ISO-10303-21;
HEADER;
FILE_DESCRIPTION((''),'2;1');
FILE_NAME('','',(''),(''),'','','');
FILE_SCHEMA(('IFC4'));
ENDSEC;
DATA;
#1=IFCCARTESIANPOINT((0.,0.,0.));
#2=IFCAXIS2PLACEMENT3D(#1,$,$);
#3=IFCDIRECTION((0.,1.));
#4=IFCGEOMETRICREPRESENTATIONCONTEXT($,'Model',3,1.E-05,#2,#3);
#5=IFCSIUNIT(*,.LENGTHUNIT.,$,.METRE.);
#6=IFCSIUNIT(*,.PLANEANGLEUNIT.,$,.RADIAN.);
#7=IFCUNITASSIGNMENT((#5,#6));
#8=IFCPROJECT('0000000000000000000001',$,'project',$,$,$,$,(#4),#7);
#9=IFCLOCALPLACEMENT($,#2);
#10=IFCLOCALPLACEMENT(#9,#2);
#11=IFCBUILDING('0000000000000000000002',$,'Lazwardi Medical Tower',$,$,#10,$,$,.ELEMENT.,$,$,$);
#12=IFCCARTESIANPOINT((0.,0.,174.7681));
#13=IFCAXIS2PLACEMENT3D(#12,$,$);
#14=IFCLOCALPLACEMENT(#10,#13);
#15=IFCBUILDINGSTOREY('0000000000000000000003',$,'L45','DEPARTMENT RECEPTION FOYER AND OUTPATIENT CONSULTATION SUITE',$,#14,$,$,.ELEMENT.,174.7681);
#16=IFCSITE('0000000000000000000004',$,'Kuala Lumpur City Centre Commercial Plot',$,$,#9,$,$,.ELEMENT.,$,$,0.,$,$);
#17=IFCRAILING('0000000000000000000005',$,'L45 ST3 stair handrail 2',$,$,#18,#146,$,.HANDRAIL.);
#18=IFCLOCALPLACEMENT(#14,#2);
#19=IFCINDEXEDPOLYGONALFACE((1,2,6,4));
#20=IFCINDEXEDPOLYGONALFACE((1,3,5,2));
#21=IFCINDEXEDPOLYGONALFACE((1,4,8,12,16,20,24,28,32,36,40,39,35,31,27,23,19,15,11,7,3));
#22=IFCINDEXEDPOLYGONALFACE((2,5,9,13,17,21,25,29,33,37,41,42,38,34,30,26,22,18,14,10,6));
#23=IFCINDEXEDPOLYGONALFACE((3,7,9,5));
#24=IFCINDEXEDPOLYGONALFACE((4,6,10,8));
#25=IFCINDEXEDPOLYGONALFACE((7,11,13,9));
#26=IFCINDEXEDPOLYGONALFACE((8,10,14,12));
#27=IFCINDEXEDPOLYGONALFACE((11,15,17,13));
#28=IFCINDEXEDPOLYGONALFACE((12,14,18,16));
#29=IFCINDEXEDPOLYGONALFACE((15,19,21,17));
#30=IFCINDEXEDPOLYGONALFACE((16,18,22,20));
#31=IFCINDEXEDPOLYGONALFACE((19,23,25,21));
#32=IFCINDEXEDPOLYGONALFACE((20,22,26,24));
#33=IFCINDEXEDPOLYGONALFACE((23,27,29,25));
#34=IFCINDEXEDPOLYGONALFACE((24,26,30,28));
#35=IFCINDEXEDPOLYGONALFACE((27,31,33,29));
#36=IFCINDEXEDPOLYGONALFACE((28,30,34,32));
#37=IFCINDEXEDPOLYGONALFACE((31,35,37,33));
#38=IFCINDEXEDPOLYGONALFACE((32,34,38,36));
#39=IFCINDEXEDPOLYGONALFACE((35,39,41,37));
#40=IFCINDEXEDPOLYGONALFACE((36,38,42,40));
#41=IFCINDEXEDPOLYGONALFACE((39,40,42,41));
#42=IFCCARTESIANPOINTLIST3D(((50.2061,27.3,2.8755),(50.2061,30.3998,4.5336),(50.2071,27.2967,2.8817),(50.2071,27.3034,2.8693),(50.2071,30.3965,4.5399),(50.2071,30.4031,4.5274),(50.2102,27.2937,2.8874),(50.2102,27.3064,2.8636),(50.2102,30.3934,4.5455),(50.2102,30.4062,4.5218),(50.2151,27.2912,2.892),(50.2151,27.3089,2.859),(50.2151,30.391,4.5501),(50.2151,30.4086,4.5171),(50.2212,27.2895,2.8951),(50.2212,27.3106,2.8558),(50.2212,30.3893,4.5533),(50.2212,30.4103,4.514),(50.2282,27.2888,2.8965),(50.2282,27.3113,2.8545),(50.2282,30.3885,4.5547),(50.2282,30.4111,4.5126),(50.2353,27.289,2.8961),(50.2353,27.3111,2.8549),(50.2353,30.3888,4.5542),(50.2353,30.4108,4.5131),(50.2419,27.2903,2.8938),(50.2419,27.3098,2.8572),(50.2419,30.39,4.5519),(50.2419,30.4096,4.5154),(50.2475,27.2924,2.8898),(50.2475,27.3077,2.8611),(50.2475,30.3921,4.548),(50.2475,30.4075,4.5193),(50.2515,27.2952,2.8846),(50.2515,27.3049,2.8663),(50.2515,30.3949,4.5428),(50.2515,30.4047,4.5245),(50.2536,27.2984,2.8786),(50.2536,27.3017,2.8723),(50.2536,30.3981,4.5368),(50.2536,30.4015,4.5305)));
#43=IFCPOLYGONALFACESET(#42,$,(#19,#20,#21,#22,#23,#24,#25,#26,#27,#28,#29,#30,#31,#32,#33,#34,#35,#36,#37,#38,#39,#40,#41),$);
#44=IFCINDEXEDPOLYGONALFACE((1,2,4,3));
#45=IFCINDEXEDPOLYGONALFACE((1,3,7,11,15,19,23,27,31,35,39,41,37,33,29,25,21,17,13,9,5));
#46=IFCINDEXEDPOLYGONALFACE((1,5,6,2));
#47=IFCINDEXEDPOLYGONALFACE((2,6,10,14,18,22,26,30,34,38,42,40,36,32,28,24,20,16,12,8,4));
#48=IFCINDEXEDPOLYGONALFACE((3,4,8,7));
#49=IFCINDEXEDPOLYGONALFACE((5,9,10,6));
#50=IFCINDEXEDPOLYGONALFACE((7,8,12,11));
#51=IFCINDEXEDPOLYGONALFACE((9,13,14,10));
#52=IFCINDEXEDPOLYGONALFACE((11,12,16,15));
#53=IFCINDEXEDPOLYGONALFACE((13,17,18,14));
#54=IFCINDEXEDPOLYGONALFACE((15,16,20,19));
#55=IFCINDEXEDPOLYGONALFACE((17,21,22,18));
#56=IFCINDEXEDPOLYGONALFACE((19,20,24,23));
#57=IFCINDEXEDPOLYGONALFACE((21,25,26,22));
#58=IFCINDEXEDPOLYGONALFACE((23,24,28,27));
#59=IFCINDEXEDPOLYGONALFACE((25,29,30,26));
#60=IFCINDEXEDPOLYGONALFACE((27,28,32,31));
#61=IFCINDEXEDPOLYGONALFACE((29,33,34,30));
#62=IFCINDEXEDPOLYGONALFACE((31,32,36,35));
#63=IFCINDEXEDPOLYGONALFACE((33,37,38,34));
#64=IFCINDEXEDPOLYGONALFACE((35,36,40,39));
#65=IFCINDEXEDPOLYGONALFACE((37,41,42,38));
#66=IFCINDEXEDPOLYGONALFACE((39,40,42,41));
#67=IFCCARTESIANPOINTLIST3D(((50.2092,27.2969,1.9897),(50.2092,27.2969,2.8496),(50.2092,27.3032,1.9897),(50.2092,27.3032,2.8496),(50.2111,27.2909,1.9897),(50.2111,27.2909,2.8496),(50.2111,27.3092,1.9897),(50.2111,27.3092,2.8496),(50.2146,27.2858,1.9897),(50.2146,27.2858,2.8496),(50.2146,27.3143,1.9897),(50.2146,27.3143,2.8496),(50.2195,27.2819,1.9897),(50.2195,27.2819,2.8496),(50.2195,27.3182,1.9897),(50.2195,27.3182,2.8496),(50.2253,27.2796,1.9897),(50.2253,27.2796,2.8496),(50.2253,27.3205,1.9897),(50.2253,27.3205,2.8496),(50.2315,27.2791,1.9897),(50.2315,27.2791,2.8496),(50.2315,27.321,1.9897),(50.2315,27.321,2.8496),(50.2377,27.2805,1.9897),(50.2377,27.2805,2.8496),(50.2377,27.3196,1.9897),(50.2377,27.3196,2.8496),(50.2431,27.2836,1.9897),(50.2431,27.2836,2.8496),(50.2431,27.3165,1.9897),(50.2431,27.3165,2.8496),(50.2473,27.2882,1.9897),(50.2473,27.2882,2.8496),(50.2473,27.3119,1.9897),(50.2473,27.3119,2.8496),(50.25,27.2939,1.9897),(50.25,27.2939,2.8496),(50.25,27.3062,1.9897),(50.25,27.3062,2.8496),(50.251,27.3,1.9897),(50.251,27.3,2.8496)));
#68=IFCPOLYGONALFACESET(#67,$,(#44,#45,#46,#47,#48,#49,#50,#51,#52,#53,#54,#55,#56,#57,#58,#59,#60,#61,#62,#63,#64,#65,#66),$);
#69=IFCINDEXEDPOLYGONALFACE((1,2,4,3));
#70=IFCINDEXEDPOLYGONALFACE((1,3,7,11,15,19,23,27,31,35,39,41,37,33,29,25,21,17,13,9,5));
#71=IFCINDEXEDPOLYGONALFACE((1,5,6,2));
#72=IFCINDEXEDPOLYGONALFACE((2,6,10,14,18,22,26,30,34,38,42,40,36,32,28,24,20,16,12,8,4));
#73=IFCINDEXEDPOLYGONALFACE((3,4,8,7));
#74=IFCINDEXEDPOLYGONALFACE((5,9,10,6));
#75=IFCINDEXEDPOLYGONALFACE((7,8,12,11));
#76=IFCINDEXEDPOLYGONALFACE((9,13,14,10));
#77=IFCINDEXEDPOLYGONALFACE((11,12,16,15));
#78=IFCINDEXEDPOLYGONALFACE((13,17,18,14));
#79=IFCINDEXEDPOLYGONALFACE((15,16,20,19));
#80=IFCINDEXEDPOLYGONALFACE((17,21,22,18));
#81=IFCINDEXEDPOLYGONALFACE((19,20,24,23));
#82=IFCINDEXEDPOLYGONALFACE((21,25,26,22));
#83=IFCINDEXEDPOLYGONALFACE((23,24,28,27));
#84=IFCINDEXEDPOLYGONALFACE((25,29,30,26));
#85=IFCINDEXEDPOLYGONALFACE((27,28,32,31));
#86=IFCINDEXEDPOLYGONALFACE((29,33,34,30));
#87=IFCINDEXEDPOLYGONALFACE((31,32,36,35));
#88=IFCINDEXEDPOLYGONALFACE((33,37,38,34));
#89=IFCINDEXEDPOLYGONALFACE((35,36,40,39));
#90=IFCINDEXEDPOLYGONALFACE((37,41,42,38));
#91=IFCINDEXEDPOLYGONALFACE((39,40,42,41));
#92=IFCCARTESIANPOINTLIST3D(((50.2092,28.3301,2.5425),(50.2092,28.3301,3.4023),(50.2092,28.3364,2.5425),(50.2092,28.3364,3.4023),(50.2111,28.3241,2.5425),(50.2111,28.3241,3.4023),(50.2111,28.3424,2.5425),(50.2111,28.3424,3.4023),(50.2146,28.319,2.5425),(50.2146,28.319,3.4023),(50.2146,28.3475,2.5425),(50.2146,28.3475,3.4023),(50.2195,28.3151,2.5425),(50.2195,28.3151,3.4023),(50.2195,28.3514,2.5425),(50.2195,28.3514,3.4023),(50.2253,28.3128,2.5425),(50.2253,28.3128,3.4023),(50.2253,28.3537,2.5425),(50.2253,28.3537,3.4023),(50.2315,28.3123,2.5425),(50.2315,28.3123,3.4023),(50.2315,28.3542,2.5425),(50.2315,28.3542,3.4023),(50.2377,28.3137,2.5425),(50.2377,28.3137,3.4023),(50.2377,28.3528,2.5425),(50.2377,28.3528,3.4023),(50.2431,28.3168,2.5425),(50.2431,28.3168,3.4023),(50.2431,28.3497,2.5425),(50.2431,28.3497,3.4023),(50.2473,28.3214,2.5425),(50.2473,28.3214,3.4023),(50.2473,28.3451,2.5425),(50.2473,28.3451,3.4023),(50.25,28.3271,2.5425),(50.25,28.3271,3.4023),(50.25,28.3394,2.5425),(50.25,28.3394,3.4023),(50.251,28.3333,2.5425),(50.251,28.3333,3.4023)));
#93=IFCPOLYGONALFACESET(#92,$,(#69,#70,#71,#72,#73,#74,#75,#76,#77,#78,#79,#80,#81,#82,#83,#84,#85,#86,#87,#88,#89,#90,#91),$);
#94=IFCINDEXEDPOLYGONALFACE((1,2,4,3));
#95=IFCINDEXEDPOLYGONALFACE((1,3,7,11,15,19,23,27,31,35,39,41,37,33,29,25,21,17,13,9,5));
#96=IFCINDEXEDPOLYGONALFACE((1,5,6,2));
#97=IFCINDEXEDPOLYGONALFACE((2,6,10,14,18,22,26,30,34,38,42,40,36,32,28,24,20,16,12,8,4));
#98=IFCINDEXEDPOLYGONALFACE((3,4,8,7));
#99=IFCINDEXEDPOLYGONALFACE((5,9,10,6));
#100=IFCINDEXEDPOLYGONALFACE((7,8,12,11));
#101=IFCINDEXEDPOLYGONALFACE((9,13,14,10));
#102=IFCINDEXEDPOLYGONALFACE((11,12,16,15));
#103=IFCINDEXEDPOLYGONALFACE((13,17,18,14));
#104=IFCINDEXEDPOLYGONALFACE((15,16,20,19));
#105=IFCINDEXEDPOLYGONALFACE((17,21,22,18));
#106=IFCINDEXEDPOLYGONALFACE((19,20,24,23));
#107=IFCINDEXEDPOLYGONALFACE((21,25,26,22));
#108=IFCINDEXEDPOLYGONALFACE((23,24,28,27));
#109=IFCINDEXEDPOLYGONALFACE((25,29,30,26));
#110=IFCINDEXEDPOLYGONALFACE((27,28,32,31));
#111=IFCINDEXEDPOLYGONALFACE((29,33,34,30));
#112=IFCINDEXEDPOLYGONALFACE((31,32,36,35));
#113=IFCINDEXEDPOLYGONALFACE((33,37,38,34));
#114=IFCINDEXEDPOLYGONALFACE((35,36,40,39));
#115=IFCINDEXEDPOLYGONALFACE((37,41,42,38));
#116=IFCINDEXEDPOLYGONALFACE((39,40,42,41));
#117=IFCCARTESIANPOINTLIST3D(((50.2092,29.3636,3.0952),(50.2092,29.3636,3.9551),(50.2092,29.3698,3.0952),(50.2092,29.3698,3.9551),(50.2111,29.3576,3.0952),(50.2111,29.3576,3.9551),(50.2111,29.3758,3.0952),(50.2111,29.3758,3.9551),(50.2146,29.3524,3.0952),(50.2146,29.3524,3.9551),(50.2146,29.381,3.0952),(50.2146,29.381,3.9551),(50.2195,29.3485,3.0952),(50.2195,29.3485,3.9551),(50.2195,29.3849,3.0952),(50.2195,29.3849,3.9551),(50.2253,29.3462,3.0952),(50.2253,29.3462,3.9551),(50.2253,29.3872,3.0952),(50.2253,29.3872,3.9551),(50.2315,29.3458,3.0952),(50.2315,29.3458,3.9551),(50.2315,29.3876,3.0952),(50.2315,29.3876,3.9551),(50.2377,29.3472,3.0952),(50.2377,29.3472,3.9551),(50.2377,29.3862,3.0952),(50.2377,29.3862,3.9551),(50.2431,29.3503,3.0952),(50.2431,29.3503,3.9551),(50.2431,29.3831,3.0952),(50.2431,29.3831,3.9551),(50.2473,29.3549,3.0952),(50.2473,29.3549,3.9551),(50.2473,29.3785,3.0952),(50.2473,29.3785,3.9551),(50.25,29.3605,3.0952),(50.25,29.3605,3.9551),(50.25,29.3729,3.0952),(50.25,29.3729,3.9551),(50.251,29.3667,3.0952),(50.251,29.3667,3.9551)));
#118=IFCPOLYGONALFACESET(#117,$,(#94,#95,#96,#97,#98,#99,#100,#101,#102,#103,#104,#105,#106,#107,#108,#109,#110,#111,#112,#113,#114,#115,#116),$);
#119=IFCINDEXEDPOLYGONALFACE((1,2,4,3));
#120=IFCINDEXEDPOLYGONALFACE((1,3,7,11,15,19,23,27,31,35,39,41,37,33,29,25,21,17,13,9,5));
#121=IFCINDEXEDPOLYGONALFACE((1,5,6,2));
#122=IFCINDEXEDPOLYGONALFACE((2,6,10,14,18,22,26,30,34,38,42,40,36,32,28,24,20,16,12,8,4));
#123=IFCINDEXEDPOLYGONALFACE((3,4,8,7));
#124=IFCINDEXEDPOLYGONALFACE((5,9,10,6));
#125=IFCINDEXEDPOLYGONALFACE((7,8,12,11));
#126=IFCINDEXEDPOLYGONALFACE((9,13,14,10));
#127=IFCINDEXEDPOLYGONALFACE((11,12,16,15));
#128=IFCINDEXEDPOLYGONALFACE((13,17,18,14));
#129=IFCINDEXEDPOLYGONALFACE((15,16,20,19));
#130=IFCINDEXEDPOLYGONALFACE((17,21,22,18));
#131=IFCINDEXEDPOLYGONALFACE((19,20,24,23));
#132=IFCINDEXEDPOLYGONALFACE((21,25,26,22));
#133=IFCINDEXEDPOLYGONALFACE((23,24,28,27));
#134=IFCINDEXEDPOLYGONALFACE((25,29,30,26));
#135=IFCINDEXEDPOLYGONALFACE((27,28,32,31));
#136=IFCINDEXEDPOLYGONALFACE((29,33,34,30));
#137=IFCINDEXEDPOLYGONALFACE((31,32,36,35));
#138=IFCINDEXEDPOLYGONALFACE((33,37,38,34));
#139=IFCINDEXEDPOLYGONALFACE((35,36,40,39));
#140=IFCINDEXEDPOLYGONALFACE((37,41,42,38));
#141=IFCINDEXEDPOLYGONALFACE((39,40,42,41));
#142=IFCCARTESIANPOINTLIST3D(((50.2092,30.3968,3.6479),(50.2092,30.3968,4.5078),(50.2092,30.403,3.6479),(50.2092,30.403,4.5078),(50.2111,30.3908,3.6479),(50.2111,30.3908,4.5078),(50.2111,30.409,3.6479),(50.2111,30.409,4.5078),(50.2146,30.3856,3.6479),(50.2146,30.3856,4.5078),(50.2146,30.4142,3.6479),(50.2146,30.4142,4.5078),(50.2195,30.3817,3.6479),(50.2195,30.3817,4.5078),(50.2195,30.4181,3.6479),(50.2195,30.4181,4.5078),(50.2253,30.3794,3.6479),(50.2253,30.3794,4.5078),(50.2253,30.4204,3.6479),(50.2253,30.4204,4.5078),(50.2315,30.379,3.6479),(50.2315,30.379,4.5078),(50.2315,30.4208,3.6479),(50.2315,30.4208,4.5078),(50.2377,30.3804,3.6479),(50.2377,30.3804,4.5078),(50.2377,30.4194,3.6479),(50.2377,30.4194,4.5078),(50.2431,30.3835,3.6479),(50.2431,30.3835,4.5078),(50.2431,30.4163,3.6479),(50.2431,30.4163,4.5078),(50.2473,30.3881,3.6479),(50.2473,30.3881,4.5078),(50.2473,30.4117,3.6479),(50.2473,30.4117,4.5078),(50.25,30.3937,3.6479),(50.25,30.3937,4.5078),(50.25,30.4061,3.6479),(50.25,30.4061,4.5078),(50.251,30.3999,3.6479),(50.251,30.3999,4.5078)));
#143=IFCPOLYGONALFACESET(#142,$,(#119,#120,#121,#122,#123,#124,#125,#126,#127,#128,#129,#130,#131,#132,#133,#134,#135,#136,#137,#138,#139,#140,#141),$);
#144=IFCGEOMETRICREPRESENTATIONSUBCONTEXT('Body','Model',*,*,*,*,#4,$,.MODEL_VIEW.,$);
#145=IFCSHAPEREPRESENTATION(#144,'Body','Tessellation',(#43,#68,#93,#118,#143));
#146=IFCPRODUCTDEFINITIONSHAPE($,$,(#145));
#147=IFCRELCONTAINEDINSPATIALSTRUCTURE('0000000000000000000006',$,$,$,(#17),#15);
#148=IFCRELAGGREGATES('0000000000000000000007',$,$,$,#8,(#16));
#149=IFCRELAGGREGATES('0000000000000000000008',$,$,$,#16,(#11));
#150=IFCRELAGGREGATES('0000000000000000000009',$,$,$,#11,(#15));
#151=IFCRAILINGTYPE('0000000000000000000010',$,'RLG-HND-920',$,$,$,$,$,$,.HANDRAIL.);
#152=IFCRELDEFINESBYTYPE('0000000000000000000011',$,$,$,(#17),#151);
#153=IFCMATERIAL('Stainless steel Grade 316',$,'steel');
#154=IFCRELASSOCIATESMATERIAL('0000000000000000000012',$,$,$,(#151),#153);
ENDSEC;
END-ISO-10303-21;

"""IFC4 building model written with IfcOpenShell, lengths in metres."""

from ifc_helpers import new_model, si_unit, direction, frame, origin, origin_2d, place, context, subcontext, project, spatial, circle, extrude, material, type_object, element, save


model = new_model("IFC4")

# Units and contexts
model_context = context("Model", 3, precision=1e-05, world=origin(), true_north=direction((0.0, 1.0)))
body_context = subcontext(model_context, "Body", "Model", "MODEL_VIEW")
ifc_project = project(units=[si_unit("LENGTHUNIT", "METRE"), si_unit("PLANEANGLEUNIT", "RADIAN")], contexts=[model_context])

# Site, building, storey
site_placement = place(None, origin())
site = spatial("IfcSite", under=ifc_project, at=site_placement, Name="Kuala Lumpur City Centre Commercial Plot", CompositionType="ELEMENT", RefElevation=0.0)
building_placement = place(site_placement, origin())
building = spatial("IfcBuilding", under=site, at=building_placement, Name="Lazwardi Medical Tower", CompositionType="ELEMENT")
storey_placement = place(building_placement, frame((0.0, 0.0, 174.7681)))
storey = spatial("IfcBuildingStorey", under=building, at=storey_placement, Name="L45", Description="DEPARTMENT RECEPTION FOYER AND OUTPATIENT CONSULTATION SUITE", CompositionType="ELEMENT", Elevation=174.7681)

# Railing
ifc_material_1 = material(Name="Stainless steel Grade 316", Category="steel")
railing_type_1 = type_object("IfcRailingType", Name="RLG-HND-920", PredefinedType="HANDRAIL", material=ifc_material_1)
railing_1_placement = place(storey_placement, frame((50.23, 27.3, 1.9897)))
element("IfcRailing", 1, at=railing_1_placement, inside=storey, type_object=railing_type_1, Name="L45 ST3 stair handrail 2", PredefinedType="HANDRAIL", context=body_context, shape_type="SweptSolid", body=[
    extrude(circle(Radius=0.0239, at=origin_2d()), frame((0.0, 0.0, 0.8857), z_axis=(0.0, 0.881768, 0.471684), x_axis=(-1.0, 0.0, 0.0)), (0.0, 0.0, 1.0), 3.5154),
    extrude(circle(Radius=0.021, at=origin_2d()), origin(), (0.0, 0.0, 1.0), 0.8599),
    extrude(circle(Radius=0.021, at=origin_2d()), frame((0.0, 1.0332, 0.5527)), (0.0, 0.0, 1.0), 0.8599),
    extrude(circle(Radius=0.021, at=origin_2d()), frame((0.0, 2.0667, 1.1055)), (0.0, 0.0, 1.0), 0.8599),
    extrude(circle(Radius=0.021, at=origin_2d()), frame((0.0, 3.0999, 1.6582)), (0.0, 0.0, 1.0), 0.8599),
])

save(model, "model.ifc")
